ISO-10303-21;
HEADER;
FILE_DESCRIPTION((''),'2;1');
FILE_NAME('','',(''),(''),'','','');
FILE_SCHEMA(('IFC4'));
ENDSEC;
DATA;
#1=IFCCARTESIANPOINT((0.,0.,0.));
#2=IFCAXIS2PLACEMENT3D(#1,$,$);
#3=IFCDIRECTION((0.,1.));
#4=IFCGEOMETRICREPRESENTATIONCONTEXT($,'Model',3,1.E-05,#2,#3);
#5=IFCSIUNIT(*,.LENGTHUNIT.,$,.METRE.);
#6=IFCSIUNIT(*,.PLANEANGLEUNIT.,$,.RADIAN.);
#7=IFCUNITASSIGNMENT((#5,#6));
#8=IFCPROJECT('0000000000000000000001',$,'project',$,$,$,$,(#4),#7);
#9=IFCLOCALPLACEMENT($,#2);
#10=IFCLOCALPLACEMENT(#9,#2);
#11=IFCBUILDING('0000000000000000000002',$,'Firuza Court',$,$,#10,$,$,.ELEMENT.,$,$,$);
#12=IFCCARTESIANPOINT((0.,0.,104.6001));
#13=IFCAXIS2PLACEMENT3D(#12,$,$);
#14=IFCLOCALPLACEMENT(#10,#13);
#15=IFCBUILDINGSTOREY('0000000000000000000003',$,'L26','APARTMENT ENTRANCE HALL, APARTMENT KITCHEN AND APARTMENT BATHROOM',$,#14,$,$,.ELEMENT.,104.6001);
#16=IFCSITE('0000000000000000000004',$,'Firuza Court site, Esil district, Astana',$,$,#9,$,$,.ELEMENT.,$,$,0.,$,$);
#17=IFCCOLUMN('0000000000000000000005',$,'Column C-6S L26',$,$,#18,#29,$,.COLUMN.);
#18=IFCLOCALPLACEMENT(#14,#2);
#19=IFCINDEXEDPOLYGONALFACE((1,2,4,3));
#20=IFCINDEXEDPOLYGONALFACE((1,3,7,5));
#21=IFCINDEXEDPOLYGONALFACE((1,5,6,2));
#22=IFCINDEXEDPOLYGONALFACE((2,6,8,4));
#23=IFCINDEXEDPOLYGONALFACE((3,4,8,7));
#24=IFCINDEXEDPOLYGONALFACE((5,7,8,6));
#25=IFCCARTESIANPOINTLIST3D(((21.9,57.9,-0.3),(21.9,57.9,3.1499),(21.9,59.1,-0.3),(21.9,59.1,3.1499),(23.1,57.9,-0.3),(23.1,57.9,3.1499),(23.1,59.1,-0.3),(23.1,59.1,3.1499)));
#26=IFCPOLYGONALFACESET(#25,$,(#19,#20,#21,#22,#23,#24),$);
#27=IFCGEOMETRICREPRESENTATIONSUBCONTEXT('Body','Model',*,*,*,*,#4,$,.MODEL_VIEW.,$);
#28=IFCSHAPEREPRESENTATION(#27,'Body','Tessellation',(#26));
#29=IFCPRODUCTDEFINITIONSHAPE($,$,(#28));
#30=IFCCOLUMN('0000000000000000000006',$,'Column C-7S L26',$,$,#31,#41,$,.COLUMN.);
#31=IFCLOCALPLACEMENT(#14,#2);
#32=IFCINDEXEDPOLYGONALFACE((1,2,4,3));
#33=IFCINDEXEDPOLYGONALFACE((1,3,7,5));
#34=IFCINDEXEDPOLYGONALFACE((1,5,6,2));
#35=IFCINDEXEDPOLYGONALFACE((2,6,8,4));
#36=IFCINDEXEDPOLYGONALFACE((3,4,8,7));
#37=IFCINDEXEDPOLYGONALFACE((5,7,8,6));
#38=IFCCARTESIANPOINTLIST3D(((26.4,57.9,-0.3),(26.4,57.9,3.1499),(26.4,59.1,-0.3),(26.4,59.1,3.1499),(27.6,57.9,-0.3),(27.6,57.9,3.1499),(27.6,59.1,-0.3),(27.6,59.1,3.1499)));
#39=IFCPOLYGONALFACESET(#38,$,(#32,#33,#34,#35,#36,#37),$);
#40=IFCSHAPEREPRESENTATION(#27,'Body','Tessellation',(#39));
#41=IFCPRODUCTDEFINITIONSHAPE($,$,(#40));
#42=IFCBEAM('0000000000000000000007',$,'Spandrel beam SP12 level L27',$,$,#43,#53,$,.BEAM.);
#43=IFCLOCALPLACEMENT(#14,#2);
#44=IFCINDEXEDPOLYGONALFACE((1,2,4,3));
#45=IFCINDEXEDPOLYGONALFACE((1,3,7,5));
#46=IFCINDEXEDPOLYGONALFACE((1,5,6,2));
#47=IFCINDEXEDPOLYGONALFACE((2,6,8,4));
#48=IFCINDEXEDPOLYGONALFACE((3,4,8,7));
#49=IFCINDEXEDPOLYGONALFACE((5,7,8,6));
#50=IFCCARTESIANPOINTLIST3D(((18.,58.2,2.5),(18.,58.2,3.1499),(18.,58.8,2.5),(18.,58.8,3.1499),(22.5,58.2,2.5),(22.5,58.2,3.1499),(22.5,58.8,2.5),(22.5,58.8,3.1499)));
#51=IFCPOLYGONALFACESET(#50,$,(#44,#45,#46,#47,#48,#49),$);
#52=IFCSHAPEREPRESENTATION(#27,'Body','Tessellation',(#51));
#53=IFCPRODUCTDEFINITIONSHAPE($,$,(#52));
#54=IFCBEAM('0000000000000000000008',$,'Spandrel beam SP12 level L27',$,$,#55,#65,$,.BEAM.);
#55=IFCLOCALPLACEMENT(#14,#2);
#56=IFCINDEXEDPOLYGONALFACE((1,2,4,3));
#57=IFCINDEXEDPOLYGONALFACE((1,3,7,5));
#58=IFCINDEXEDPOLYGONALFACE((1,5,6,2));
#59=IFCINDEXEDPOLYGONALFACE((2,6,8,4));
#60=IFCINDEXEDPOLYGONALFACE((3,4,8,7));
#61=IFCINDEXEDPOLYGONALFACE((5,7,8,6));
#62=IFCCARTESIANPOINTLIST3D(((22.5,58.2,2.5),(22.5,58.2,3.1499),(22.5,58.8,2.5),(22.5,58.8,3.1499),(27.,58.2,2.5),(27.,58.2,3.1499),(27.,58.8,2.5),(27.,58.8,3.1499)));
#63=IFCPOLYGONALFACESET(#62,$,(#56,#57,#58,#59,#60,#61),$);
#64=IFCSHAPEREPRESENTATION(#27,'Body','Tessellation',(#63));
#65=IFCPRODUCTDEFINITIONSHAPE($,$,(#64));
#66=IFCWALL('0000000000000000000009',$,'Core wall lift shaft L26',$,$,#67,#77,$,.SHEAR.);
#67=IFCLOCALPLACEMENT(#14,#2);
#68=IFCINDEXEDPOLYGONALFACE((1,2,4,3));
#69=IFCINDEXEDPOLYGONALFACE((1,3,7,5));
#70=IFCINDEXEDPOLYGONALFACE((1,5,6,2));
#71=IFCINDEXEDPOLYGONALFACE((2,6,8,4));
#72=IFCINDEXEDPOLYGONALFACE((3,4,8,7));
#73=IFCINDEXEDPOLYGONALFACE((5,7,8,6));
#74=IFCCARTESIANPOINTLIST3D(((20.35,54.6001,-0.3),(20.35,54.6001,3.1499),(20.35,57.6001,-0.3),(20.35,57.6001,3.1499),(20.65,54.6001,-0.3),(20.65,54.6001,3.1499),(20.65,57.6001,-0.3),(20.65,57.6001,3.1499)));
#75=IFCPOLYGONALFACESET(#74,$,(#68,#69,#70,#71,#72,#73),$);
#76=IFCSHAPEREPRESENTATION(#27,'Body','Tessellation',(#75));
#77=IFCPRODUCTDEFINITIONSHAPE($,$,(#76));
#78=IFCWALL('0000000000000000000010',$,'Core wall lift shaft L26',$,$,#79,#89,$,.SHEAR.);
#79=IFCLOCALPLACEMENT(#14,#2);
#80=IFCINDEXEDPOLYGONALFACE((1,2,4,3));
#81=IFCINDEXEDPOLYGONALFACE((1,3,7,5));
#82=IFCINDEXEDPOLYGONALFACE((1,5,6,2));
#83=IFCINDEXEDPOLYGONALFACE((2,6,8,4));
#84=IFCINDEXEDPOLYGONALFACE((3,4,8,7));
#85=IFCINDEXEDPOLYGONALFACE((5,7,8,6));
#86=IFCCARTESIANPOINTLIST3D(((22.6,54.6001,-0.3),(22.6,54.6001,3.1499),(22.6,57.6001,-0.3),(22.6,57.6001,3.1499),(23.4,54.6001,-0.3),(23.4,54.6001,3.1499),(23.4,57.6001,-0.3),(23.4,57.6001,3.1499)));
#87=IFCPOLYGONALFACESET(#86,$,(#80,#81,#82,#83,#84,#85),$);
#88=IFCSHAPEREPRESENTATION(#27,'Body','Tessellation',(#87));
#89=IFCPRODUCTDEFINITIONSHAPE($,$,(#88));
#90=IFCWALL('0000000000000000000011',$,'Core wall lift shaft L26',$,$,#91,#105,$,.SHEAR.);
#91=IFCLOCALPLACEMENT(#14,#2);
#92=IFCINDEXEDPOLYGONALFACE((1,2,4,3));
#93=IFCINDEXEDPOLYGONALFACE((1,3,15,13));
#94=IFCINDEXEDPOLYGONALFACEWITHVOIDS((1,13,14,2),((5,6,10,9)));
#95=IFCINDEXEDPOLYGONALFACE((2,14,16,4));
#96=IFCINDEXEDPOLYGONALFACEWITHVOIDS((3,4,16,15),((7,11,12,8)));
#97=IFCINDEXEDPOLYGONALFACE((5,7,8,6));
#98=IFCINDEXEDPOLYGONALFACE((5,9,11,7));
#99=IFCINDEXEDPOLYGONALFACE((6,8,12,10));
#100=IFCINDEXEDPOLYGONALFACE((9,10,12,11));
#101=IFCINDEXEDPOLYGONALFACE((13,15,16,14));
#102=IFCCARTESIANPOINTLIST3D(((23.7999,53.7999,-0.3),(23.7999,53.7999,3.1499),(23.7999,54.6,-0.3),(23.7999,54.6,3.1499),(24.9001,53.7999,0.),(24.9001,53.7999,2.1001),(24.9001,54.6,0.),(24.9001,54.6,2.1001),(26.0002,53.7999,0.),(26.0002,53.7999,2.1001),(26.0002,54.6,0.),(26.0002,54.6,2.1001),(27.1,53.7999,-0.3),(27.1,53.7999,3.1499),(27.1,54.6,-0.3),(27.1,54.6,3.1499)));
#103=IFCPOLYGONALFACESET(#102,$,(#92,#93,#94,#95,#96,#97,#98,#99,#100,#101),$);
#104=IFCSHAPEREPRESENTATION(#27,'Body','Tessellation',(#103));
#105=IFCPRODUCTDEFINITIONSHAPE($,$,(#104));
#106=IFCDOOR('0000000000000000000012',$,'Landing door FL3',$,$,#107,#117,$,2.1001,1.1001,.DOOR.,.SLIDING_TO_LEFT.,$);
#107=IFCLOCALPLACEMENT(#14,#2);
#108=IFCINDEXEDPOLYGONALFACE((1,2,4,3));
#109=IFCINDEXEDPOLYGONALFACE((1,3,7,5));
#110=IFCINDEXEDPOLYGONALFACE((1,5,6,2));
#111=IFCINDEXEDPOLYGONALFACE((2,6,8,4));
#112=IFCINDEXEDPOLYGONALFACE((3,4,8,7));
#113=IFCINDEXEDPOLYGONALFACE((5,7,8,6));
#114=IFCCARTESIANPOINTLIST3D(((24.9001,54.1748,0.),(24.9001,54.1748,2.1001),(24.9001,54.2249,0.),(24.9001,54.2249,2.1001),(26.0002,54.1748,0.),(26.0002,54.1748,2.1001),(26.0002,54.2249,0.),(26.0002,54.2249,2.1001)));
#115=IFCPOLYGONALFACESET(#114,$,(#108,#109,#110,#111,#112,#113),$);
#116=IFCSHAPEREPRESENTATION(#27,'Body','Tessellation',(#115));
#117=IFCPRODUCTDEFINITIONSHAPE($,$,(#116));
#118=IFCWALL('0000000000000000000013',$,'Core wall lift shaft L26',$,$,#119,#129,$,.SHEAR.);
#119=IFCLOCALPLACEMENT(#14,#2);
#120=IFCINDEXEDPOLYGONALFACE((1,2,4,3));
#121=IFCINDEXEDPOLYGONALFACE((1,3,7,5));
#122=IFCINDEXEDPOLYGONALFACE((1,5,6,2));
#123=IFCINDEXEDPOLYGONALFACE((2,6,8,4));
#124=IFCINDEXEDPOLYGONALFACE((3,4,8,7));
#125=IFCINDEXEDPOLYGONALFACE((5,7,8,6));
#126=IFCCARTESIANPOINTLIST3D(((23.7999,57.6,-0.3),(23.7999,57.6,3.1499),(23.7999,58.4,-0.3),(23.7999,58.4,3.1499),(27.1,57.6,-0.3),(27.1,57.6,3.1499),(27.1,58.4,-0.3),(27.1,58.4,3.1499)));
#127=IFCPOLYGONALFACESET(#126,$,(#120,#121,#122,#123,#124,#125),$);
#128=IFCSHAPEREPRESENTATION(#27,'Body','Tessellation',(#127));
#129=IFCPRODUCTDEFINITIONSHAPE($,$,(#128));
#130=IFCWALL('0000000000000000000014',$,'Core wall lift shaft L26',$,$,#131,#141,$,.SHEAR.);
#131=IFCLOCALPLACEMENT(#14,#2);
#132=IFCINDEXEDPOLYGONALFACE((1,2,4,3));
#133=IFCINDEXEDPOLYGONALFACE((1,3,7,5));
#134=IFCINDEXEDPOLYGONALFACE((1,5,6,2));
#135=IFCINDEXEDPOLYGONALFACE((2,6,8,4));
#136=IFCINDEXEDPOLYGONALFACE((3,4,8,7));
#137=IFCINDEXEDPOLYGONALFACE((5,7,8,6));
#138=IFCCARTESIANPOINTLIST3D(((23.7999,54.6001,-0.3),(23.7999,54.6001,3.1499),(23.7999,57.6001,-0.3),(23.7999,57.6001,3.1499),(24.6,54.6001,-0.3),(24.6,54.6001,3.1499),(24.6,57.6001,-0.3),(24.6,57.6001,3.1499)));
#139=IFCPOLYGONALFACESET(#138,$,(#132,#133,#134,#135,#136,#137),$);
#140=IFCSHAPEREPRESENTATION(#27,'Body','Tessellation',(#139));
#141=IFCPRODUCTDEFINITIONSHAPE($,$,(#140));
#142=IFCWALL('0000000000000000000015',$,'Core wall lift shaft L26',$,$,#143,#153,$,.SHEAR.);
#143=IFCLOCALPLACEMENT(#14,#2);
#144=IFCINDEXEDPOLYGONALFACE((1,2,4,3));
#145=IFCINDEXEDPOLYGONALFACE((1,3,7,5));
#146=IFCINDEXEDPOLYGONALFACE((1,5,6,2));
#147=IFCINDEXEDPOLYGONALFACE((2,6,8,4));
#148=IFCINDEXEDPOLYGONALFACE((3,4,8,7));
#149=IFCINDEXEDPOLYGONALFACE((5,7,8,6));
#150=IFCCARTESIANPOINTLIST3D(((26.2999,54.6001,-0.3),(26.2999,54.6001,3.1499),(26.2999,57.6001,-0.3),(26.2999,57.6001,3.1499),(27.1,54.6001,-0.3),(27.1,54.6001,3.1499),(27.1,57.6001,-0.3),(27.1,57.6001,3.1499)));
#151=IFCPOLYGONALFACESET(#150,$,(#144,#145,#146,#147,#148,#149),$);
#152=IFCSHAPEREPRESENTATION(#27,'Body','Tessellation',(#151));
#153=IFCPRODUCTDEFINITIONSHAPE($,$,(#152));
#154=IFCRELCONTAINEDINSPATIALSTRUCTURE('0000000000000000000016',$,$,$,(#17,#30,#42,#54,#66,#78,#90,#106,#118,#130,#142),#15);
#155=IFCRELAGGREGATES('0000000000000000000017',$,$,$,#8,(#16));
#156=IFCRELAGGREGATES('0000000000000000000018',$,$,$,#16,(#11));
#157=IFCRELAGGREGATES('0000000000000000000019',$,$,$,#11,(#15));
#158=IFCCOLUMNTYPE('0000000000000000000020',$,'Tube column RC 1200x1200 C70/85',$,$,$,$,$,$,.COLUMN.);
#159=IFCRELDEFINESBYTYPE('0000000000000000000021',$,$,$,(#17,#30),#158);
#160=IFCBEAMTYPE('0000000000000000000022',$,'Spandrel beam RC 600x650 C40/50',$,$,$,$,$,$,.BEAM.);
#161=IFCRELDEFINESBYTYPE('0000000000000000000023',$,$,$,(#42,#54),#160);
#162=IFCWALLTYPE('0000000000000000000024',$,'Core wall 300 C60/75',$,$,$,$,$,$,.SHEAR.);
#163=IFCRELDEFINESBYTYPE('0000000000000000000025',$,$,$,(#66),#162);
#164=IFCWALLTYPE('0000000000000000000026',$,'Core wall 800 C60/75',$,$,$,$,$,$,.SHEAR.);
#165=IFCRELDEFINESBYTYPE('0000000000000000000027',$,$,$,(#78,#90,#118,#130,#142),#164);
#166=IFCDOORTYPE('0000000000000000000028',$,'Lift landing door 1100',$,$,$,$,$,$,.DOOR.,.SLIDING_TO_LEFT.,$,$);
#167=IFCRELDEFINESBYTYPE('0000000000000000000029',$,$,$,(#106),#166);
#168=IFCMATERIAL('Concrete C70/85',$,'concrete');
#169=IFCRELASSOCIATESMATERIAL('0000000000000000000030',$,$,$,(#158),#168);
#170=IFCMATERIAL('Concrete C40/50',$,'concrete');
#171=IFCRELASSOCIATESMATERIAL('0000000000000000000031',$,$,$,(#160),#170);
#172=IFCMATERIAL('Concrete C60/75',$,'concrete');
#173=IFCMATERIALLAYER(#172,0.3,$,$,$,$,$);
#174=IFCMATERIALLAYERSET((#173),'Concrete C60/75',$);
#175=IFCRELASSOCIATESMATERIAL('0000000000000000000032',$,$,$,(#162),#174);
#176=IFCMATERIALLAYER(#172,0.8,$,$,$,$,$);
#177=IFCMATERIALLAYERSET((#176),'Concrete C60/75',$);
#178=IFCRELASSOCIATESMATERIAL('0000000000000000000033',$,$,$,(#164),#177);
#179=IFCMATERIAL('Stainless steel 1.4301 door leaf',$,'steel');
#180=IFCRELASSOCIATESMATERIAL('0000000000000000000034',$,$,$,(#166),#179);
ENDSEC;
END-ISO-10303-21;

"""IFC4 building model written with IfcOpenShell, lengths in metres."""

from ifc_helpers import new_model, si_unit, direction, frame, frame_2d, origin, origin_2d, place, context, subcontext, project, spatial, rectangle, extrude, material, layer, layer_set, material_profile, profile_set, type_object, element, fill, save


model = new_model("IFC4")

# Units and contexts
model_context = context("Model", 3, precision=1e-05, world=origin(), true_north=direction((0.0, 1.0)))
body_context = subcontext(model_context, "Body", "Model", "MODEL_VIEW")
ifc_project = project(units=[si_unit("LENGTHUNIT", "METRE"), si_unit("PLANEANGLEUNIT", "RADIAN")], contexts=[model_context])

# Site, building, storey
site_placement = place(None, origin())
site = spatial("IfcSite", under=ifc_project, at=site_placement, Name="Firuza Court site, Esil district, Astana", CompositionType="ELEMENT", RefElevation=0.0)
building_placement = place(site_placement, origin())
building = spatial("IfcBuilding", under=site, at=building_placement, Name="Firuza Court", CompositionType="ELEMENT")
storey_placement = place(building_placement, frame((0.0, 0.0, 104.6001)))
storey = spatial("IfcBuildingStorey", under=building, at=storey_placement, Name="L26", Description="APARTMENT ENTRANCE HALL, APARTMENT KITCHEN AND APARTMENT BATHROOM", CompositionType="ELEMENT", Elevation=104.6001)

# Columns
ifc_material_1 = material(Name="Concrete C70/85", Category="concrete")
ifc_material_profile_1 = material_profile(ifc_material_1, rectangle(XDim=1.2, YDim=1.2, at=origin_2d()), Name="RC 1200x1200")
ifc_profile_set_1 = profile_set([ifc_material_profile_1], Name="Concrete C70/85")
column_type = type_object("IfcColumnType", Name="Tube column RC 1200x1200 C70/85", PredefinedType="COLUMN", material=ifc_profile_set_1)
for number, where, z_axis, x_axis, name in (
    (1, (22.5, 58.5, -0.3), (0.0, 0.0, 1.0), (1.0, 0.0, 0.0), "Column C-6S L26"),
    (2, (27.0, 58.5, -0.3), (0.0, 0.0, 1.0), (1.0, 0.0, 0.0), "Column C-7S L26"),
):
    element("IfcColumn", number, at=place(storey_placement, frame(where, z_axis=z_axis, x_axis=x_axis)), inside=storey, type_object=column_type, Name=name, PredefinedType="COLUMN", context=body_context, shape_type="SweptSolid", body=[
        extrude(rectangle(XDim=1.2, YDim=1.2, at=origin_2d()), origin(), (0.0, 0.0, 1.0), 3.45),
    ])

# Beams
ifc_material_2 = material(Name="Concrete C40/50", Category="concrete")
ifc_material_profile_2 = material_profile(ifc_material_2, rectangle(XDim=0.6001, YDim=0.6499, at=origin_2d()), Name="RC 600x650")
ifc_profile_set_2 = profile_set([ifc_material_profile_2], Name="Concrete C40/50")
beam_type = type_object("IfcBeamType", Name="Spandrel beam RC 600x650 C40/50", PredefinedType="BEAM", material=ifc_profile_set_2)
for number, where, z_axis, x_axis, name in (
    (3, (22.5, 58.5, 2.825), (-1.0, 0.0, 0.0), (0.0, -1.0, 0.0), "Spandrel beam SP12 level L27"),
    (4, (27.0, 58.5, 2.825), (-1.0, 0.0, 0.0), (0.0, -1.0, 0.0), "Spandrel beam SP12 level L27"),
):
    element("IfcBeam", number, at=place(storey_placement, frame(where, z_axis=z_axis, x_axis=x_axis)), inside=storey, type_object=beam_type, Name=name, PredefinedType="BEAM", context=body_context, shape_type="SweptSolid", body=[
        extrude(rectangle(XDim=0.6001, YDim=0.6499, at=origin_2d()), origin(), (0.0, 0.0, 1.0), 4.5),
    ])

# Walls
ifc_material_3 = material(Name="Concrete C60/75", Category="concrete")
ifc_layer_1 = layer(ifc_material_3, 0.3)
ifc_layer_set_1 = layer_set([ifc_layer_1], Name="Concrete C60/75")
wall_type_1 = type_object("IfcWallType", Name="Core wall 300 C60/75", PredefinedType="SHEAR", material=ifc_layer_set_1)
wall_1_placement = place(storey_placement, frame((20.5, 54.6001, -0.3), z_axis=(0.0, 0.0, 1.0), x_axis=(0.0, 1.0, 0.0)))
element("IfcWall", 5, at=wall_1_placement, inside=storey, type_object=wall_type_1, Name="Core wall lift shaft L26", PredefinedType="SHEAR", context=body_context, shape_type="SweptSolid", body=[
    extrude(rectangle(XDim=3.0, YDim=0.3, at=frame_2d((1.5, 0.0))), origin(), (0.0, 0.0, 1.0), 3.45),
])
ifc_layer_2 = layer(ifc_material_3, 0.8)
ifc_layer_set_2 = layer_set([ifc_layer_2], Name="Concrete C60/75")
wall_type_2 = type_object("IfcWallType", Name="Core wall 800 C60/75", PredefinedType="SHEAR", material=ifc_layer_set_2)
wall_2_placement = place(storey_placement, frame((23.0, 54.6001, -0.3), z_axis=(0.0, 0.0, 1.0), x_axis=(0.0, 1.0, 0.0)))
element("IfcWall", 6, at=wall_2_placement, inside=storey, type_object=wall_type_2, Name="Core wall lift shaft L26", PredefinedType="SHEAR", context=body_context, shape_type="SweptSolid", body=[
    extrude(rectangle(XDim=3.0, YDim=0.8, at=frame_2d((1.5, 0.0))), origin(), (0.0, 0.0, 1.0), 3.45),
])

# Wall, opening, door
wall_3_placement = place(storey_placement, frame((23.8, 54.2, -0.3), z_axis=(0.0, 0.0, 1.0), x_axis=(1.0, 0.0, 0.0)))
wall_3 = element("IfcWall", 7, at=wall_3_placement, inside=storey, type_object=wall_type_2, Name="Core wall lift shaft L26", PredefinedType="SHEAR", context=body_context, shape_type="SweptSolid", body=[
    extrude(rectangle(XDim=3.3, YDim=0.8, at=frame_2d((1.6499, 0.0))), origin(), (0.0, 0.0, 1.0), 3.45),
])
opening_1_placement = place(wall_3_placement, frame((1.1001, 0.0, 0.3)))
opening_1 = element("IfcOpeningElement", 8, at=opening_1_placement, cuts=wall_3, PredefinedType="OPENING", context=body_context, shape_type="SweptSolid", body=[
    extrude(rectangle(XDim=1.1001, YDim=2.1001, at=frame_2d((0.55, 1.05))), frame((0.0, 0.4121, 0.0), z_axis=(0.0, -1.0, 0.0), x_axis=(1.0, 0.0, 0.0)), (0.0, 0.0, 1.0), 0.824),
])
ifc_material_4 = material(Name="Stainless steel 1.4301 door leaf", Category="steel")
door_type_1 = type_object("IfcDoorType", Name="Lift landing door 1100", OperationType="SLIDING_TO_LEFT", PredefinedType="DOOR", material=ifc_material_4)
door_1_placement = place(opening_1_placement, origin())
door_1 = element("IfcDoor", 9, at=door_1_placement, inside=storey, type_object=door_type_1, Name="Landing door FL3", OperationType="SLIDING_TO_LEFT", OverallHeight=2.1001, OverallWidth=1.1001, PredefinedType="DOOR", context=body_context, shape_type="SweptSolid", body=[
    extrude(rectangle(XDim=1.1001, YDim=2.1001, at=frame_2d((0.55, 1.05))), frame((0.0, 0.0249, 0.0), z_axis=(0.0, -1.0, 0.0), x_axis=(1.0, 0.0, 0.0)), (0.0, 0.0, 1.0), 0.05),
])
fill(opening_1, door_1)

# Walls
wall_4_placement = place(storey_placement, frame((23.8, 58.0, -0.3), z_axis=(0.0, 0.0, 1.0), x_axis=(1.0, 0.0, 0.0)))
element("IfcWall", 10, at=wall_4_placement, inside=storey, type_object=wall_type_2, Name="Core wall lift shaft L26", PredefinedType="SHEAR", context=body_context, shape_type="SweptSolid", body=[
    extrude(rectangle(XDim=3.3, YDim=0.8, at=frame_2d((1.6499, 0.0))), origin(), (0.0, 0.0, 1.0), 3.45),
])
for number, where, z_axis, x_axis, name in (
    (11, (24.2, 54.6001, -0.3), (0.0, 0.0, 1.0), (0.0, 1.0, 0.0), "Core wall lift shaft L26"),
    (12, (26.7, 54.6001, -0.3), (0.0, 0.0, 1.0), (0.0, 1.0, 0.0), "Core wall lift shaft L26"),
):
    element("IfcWall", number, at=place(storey_placement, frame(where, z_axis=z_axis, x_axis=x_axis)), inside=storey, type_object=wall_type_2, Name=name, PredefinedType="SHEAR", context=body_context, shape_type="SweptSolid", body=[
        extrude(rectangle(XDim=3.0, YDim=0.8, at=frame_2d((1.5, 0.0))), origin(), (0.0, 0.0, 1.0), 3.45),
    ])

save(model, "model.ifc")
